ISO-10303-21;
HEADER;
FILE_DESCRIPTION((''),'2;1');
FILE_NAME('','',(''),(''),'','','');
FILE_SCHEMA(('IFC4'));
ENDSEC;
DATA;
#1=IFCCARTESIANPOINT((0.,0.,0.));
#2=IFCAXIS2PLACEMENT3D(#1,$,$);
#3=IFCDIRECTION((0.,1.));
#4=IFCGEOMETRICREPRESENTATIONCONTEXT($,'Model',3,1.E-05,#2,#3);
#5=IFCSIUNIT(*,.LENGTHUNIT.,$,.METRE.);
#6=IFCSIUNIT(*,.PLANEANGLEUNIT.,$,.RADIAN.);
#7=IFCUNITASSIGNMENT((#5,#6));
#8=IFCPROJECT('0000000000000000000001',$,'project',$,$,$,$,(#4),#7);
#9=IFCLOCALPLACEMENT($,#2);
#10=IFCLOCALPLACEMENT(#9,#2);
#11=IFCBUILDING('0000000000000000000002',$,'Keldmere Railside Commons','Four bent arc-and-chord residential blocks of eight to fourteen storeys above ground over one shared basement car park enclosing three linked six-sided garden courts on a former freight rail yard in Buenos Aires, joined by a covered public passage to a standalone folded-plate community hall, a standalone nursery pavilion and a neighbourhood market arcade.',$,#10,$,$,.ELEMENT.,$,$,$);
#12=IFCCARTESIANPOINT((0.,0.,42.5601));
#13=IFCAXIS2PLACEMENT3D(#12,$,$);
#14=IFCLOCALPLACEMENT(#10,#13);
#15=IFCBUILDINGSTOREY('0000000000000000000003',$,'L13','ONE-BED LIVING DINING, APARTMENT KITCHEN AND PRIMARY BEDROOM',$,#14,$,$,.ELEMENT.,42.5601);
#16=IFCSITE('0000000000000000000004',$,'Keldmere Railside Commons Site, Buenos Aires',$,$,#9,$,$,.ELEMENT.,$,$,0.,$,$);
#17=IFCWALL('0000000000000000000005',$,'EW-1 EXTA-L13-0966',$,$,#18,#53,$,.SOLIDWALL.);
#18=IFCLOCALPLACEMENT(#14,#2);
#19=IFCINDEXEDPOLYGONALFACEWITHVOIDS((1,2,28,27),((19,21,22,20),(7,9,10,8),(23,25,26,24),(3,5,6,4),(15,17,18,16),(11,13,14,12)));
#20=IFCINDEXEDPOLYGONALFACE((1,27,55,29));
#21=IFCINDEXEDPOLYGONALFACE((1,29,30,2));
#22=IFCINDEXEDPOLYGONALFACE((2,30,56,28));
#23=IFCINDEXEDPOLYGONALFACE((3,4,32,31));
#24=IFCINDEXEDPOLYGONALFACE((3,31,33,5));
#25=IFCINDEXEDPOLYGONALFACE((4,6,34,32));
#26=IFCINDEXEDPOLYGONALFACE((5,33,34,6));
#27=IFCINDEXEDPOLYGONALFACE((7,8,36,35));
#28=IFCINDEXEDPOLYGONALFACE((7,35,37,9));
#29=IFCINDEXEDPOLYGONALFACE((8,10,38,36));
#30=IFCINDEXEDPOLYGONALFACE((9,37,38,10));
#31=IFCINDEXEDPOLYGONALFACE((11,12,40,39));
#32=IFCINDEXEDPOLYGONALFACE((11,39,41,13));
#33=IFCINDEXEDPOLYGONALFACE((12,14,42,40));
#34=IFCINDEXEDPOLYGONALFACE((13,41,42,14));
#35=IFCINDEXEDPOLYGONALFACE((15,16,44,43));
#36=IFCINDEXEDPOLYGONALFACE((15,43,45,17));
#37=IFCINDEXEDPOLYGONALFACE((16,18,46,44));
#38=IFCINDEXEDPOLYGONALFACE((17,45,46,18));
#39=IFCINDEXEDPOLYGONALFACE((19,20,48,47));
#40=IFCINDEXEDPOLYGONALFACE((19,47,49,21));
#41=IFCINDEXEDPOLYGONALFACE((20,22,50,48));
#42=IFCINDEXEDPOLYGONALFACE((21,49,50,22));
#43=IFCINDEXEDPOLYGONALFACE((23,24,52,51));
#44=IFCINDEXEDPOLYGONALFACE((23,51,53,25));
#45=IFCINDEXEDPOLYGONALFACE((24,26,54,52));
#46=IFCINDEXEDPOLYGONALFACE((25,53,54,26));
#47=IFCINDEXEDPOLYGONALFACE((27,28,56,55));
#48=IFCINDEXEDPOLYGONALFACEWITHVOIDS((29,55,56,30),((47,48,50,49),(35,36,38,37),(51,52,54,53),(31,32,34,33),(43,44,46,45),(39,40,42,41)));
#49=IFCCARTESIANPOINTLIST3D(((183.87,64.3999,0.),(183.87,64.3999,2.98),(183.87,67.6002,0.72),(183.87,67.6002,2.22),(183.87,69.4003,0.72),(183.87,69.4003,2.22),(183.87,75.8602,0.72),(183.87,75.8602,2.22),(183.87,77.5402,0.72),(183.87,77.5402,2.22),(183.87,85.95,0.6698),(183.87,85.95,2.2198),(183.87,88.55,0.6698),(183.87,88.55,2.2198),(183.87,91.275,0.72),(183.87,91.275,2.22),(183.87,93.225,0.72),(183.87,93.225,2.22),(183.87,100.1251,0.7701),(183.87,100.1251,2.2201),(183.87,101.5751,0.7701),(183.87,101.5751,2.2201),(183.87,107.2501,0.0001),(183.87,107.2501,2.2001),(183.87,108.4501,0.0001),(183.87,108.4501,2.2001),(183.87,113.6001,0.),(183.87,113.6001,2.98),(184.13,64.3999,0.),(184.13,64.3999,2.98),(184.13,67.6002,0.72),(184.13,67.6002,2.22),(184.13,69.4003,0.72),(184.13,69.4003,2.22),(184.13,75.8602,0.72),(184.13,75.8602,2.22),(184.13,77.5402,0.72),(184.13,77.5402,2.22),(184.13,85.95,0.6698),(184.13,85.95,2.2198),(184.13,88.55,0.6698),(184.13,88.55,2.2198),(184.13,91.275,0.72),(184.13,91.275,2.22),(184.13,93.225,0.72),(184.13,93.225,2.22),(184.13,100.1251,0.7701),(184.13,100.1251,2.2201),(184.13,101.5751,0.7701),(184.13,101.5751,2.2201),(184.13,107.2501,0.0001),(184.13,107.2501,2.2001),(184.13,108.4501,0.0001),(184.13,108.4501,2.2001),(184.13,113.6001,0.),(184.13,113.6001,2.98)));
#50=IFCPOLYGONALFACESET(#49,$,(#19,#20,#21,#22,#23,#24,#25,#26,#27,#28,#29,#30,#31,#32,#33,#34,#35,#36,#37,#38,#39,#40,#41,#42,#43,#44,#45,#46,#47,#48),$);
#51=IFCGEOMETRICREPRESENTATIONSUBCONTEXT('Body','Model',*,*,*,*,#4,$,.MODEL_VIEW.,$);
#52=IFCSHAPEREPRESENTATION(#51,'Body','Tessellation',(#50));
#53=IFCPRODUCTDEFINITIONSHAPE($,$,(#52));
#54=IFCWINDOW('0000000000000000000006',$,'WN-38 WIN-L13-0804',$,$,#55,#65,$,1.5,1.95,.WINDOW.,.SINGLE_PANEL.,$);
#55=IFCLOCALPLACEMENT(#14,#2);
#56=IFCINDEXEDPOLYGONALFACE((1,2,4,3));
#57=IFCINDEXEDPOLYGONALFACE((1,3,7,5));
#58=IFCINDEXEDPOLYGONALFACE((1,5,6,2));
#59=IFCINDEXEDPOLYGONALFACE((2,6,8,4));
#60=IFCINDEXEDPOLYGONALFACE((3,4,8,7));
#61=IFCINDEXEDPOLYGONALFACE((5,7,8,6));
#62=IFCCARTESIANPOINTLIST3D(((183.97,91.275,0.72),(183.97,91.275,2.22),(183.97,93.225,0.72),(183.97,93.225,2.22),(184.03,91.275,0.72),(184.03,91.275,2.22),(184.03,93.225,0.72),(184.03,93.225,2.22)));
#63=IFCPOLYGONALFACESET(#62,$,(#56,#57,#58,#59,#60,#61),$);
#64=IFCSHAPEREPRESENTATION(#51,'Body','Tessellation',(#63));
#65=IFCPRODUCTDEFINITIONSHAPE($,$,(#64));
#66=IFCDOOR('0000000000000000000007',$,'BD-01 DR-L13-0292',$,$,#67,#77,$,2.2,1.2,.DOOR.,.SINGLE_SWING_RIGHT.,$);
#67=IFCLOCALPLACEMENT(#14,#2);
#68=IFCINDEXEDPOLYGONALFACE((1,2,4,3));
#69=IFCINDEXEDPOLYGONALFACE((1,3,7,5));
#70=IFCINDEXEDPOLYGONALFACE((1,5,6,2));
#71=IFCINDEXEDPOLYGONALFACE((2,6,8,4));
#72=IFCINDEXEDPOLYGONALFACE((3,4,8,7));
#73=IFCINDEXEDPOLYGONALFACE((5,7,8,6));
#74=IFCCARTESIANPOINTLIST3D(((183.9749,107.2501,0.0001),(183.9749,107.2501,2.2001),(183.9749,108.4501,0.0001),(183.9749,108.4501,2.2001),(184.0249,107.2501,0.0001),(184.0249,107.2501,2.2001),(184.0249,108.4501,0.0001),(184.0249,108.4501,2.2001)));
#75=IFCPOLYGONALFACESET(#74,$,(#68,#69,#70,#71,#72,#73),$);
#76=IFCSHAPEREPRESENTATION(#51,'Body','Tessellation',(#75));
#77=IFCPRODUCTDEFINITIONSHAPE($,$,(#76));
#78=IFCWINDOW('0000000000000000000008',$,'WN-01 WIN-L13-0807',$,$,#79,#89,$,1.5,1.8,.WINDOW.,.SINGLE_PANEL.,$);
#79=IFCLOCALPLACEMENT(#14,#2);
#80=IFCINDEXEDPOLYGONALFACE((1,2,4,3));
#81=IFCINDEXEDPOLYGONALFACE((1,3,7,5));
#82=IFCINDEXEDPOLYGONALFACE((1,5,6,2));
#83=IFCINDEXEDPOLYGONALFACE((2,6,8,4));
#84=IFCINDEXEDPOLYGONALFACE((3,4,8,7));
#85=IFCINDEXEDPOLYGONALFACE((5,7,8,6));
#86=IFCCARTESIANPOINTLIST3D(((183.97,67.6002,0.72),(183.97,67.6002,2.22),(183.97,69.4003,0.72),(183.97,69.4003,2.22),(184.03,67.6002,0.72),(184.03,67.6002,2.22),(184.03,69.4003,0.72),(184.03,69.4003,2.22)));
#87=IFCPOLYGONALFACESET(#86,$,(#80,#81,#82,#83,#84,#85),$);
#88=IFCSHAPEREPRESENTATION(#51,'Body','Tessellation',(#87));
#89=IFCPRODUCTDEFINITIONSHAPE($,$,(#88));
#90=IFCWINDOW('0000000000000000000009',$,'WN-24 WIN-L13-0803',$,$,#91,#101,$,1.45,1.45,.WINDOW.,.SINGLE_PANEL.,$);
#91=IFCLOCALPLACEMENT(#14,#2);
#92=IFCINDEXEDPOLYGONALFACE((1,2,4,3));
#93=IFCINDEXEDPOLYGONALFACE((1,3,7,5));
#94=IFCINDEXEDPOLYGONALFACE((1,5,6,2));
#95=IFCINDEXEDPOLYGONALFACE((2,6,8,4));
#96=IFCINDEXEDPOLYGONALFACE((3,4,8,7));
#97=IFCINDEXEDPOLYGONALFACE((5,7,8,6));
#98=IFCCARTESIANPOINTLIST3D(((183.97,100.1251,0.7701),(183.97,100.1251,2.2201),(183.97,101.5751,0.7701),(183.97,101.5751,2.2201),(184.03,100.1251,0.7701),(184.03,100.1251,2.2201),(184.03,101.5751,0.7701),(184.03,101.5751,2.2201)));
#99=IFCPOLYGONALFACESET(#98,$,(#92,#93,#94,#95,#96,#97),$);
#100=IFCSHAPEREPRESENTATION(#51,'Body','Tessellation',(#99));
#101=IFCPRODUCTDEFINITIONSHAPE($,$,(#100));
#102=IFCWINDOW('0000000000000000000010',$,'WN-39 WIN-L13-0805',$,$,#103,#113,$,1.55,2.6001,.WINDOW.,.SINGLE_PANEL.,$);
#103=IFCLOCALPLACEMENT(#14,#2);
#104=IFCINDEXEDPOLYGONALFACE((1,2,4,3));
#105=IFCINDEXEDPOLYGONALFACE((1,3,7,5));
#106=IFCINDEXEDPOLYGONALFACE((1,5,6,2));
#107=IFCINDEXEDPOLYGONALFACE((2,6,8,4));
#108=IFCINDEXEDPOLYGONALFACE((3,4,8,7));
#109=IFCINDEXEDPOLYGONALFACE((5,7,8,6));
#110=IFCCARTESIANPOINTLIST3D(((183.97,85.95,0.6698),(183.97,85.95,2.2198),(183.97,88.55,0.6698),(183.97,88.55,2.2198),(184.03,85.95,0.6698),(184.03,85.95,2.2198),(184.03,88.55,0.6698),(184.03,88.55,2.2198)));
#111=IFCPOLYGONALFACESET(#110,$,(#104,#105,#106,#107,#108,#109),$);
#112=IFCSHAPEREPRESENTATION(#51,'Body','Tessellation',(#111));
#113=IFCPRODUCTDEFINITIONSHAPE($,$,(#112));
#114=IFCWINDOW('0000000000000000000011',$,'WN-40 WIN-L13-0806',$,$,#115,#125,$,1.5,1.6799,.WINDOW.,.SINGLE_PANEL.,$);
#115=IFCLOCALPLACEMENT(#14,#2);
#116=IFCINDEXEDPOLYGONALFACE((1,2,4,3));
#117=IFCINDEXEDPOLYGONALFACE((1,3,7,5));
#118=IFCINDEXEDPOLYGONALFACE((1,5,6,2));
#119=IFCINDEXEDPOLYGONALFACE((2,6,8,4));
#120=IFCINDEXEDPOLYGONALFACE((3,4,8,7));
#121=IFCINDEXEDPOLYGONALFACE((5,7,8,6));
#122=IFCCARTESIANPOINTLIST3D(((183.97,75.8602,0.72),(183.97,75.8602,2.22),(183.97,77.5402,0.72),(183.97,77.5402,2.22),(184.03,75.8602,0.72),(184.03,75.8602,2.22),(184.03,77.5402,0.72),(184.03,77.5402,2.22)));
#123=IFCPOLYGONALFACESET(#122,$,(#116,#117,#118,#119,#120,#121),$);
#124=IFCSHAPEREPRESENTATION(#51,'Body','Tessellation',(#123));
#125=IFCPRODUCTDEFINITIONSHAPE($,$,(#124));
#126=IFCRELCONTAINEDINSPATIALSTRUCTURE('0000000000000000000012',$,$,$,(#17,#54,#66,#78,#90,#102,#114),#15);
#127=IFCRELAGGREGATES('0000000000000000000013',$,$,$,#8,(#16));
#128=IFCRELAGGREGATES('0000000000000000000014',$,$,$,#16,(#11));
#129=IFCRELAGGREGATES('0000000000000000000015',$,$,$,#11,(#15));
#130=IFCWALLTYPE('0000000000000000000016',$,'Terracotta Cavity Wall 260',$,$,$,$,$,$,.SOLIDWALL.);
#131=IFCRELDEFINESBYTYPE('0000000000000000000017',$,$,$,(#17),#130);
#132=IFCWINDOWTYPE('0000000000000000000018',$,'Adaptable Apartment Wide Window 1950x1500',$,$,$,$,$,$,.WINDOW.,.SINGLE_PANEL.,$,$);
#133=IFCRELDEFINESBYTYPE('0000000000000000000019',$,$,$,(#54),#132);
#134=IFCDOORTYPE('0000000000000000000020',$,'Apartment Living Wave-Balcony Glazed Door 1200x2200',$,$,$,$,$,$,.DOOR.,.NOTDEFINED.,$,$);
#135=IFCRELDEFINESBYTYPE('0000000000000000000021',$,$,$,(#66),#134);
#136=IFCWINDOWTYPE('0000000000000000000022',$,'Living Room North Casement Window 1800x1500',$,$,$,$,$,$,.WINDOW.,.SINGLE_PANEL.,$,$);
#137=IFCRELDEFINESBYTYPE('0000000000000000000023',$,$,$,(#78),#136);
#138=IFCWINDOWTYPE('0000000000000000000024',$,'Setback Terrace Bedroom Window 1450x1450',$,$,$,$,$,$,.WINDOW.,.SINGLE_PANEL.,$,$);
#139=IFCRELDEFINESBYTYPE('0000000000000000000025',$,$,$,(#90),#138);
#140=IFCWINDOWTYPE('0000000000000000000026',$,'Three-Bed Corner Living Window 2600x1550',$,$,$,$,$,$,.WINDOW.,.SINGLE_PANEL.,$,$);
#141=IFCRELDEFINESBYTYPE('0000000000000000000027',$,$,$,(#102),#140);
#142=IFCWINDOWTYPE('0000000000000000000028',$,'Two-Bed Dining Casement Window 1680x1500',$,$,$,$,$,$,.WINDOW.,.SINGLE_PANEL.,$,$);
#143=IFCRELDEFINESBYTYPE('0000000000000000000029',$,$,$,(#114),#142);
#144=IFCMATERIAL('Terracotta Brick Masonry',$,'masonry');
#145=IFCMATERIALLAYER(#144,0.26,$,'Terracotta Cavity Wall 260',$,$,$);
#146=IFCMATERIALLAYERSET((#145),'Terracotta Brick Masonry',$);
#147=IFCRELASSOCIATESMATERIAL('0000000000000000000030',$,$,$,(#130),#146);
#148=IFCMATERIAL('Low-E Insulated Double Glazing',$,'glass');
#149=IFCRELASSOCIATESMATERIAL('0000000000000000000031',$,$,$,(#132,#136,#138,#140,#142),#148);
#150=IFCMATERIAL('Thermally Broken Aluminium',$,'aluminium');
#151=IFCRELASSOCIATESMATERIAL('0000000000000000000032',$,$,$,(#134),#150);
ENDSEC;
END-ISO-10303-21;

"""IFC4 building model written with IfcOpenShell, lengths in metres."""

from ifc_helpers import new_model, si_unit, direction, frame, frame_2d, origin, place, context, subcontext, project, spatial, rectangle, extrude, material, layer, layer_set, type_object, element, fill, save


model = new_model("IFC4")

# Units and contexts
model_context = context("Model", 3, precision=1e-05, world=origin(), true_north=direction((0.0, 1.0)))
body_context = subcontext(model_context, "Body", "Model", "MODEL_VIEW")
ifc_project = project(units=[si_unit("LENGTHUNIT", "METRE"), si_unit("PLANEANGLEUNIT", "RADIAN")], contexts=[model_context])

# Site, building, storey
site_placement = place(None, origin())
site = spatial("IfcSite", under=ifc_project, at=site_placement, Name="Keldmere Railside Commons Site, Buenos Aires", CompositionType="ELEMENT", RefElevation=0.0)
building_placement = place(site_placement, origin())
building = spatial("IfcBuilding", under=site, at=building_placement, Name="Keldmere Railside Commons", Description="Four bent arc-and-chord residential blocks of eight to fourteen storeys above ground over one shared basement car park enclosing three linked six-sided garden courts on a former freight rail yard in Buenos Aires, joined by a covered public passage to a standalone folded-plate community hall, a standalone nursery pavilion and a neighbourhood market arcade.", CompositionType="ELEMENT")
storey_placement = place(building_placement, frame((0.0, 0.0, 42.5601)))
storey = spatial("IfcBuildingStorey", under=building, at=storey_placement, Name="L13", Description="ONE-BED LIVING DINING, APARTMENT KITCHEN AND PRIMARY BEDROOM", CompositionType="ELEMENT", Elevation=42.5601)

# Wall, openings, windows, door
ifc_material_1 = material(Name="Terracotta Brick Masonry", Category="masonry")
ifc_layer = layer(ifc_material_1, 0.26, Name="Terracotta Cavity Wall 260")
ifc_layer_set = layer_set([ifc_layer], Name="Terracotta Brick Masonry")
wall_type = type_object("IfcWallType", Name="Terracotta Cavity Wall 260", PredefinedType="SOLIDWALL", material=ifc_layer_set)
wall_placement = place(storey_placement, frame((184.0, 113.6001, 0.0), z_axis=(0.0, 0.0, 1.0), x_axis=(0.0, -1.0, 0.0)))
wall = element("IfcWall", 1, at=wall_placement, inside=storey, type_object=wall_type, Name="EW-1 EXTA-L13-0966", PredefinedType="SOLIDWALL", context=body_context, shape_type="SweptSolid", body=[
    extrude(rectangle(XDim=49.2002, YDim=0.26, at=frame_2d((24.6001, 0.0))), origin(), (0.0, 0.0, 1.0), 2.98),
])
opening_1_placement = place(wall_placement, frame((5.1499, 0.0, 0.0)))
opening_1 = element("IfcOpeningElement", 2, at=opening_1_placement, cuts=wall, PredefinedType="OPENING", context=body_context, shape_type="SweptSolid", body=[
    extrude(rectangle(XDim=1.2, YDim=2.2, at=frame_2d((0.6001, 1.1001))), frame((0.0, 0.1399, 0.0), z_axis=(0.0, -1.0, 0.0), x_axis=(1.0, 0.0, 0.0)), (0.0, 0.0, 1.0), 0.28),
])
opening_2_placement = place(wall_placement, frame((12.0249, 0.0, 0.77)))
opening_2 = element("IfcOpeningElement", 3, at=opening_2_placement, cuts=wall, PredefinedType="OPENING", context=body_context, shape_type="SweptSolid", body=[
    extrude(rectangle(XDim=1.45, YDim=1.45, at=frame_2d((0.7251, 0.7251))), frame((0.0, 0.1399, 0.0), z_axis=(0.0, -1.0, 0.0), x_axis=(1.0, 0.0, 0.0)), (0.0, 0.0, 1.0), 0.28),
])
opening_3_placement = place(wall_placement, frame((20.375, 0.0, 0.72)))
opening_3 = element("IfcOpeningElement", 4, at=opening_3_placement, cuts=wall, PredefinedType="OPENING", context=body_context, shape_type="SweptSolid", body=[
    extrude(rectangle(XDim=1.95, YDim=1.5, at=frame_2d((0.9751, 0.75))), frame((0.0, 0.1399, 0.0), z_axis=(0.0, -1.0, 0.0), x_axis=(1.0, 0.0, 0.0)), (0.0, 0.0, 1.0), 0.28),
])
opening_4_placement = place(wall_placement, frame((25.05, 0.0, 0.6699)))
opening_4 = element("IfcOpeningElement", 5, at=opening_4_placement, cuts=wall, PredefinedType="OPENING", context=body_context, shape_type="SweptSolid", body=[
    extrude(rectangle(XDim=2.6001, YDim=1.55, at=frame_2d((1.3, 0.7749))), frame((0.0, 0.1399, 0.0), z_axis=(0.0, -1.0, 0.0), x_axis=(1.0, 0.0, 0.0)), (0.0, 0.0, 1.0), 0.28),
])
opening_5_placement = place(wall_placement, frame((36.0601, 0.0, 0.72)))
opening_5 = element("IfcOpeningElement", 6, at=opening_5_placement, cuts=wall, PredefinedType="OPENING", context=body_context, shape_type="SweptSolid", body=[
    extrude(rectangle(XDim=1.6799, YDim=1.5, at=frame_2d((0.8398, 0.75))), frame((0.0, 0.1399, 0.0), z_axis=(0.0, -1.0, 0.0), x_axis=(1.0, 0.0, 0.0)), (0.0, 0.0, 1.0), 0.28),
])
opening_6_placement = place(wall_placement, frame((44.2, 0.0, 0.72)))
opening_6 = element("IfcOpeningElement", 7, at=opening_6_placement, cuts=wall, PredefinedType="OPENING", context=body_context, shape_type="SweptSolid", body=[
    extrude(rectangle(XDim=1.8, YDim=1.5, at=frame_2d((0.8999, 0.75))), frame((0.0, 0.1399, 0.0), z_axis=(0.0, -1.0, 0.0), x_axis=(1.0, 0.0, 0.0)), (0.0, 0.0, 1.0), 0.28),
])
ifc_material_2 = material(Name="Low-E Insulated Double Glazing", Category="glass")
window_type_1 = type_object("IfcWindowType", Name="Adaptable Apartment Wide Window 1950x1500", PartitioningType="SINGLE_PANEL", PredefinedType="WINDOW", material=ifc_material_2)
window_1_placement = place(opening_3_placement, origin())
window_1 = element("IfcWindow", 8, at=window_1_placement, inside=storey, type_object=window_type_1, Name="WN-38 WIN-L13-0804", OverallHeight=1.5, OverallWidth=1.95, PartitioningType="SINGLE_PANEL", PredefinedType="WINDOW", context=body_context, shape_type="SweptSolid", body=[
    extrude(rectangle(XDim=1.95, YDim=1.5, at=frame_2d((0.9751, 0.75))), frame((0.0, 0.03, 0.0), z_axis=(0.0, -1.0, 0.0), x_axis=(1.0, 0.0, 0.0)), (0.0, 0.0, 1.0), 0.0601),
])
fill(opening_3, window_1)
ifc_material_3 = material(Name="Thermally Broken Aluminium", Category="aluminium")
door_type = type_object("IfcDoorType", Name="Apartment Living Wave-Balcony Glazed Door 1200x2200", OperationType="NOTDEFINED", PredefinedType="DOOR", material=ifc_material_3)
door_placement = place(opening_1_placement, origin())
door = element("IfcDoor", 9, at=door_placement, inside=storey, type_object=door_type, Name="BD-01 DR-L13-0292", OperationType="SINGLE_SWING_RIGHT", OverallHeight=2.2, OverallWidth=1.2, PredefinedType="DOOR", context=body_context, shape_type="SweptSolid", body=[
    extrude(rectangle(XDim=1.2, YDim=2.2, at=frame_2d((0.6001, 1.1001))), frame((0.0, 0.0249, 0.0), z_axis=(0.0, -1.0, 0.0), x_axis=(1.0, 0.0, 0.0)), (0.0, 0.0, 1.0), 0.05),
])
fill(opening_1, door)
window_type_2 = type_object("IfcWindowType", Name="Living Room North Casement Window 1800x1500", PartitioningType="SINGLE_PANEL", PredefinedType="WINDOW", material=ifc_material_2)
window_2_placement = place(opening_6_placement, origin())
window_2 = element("IfcWindow", 10, at=window_2_placement, inside=storey, type_object=window_type_2, Name="WN-01 WIN-L13-0807", OverallHeight=1.5, OverallWidth=1.8, PartitioningType="SINGLE_PANEL", PredefinedType="WINDOW", context=body_context, shape_type="SweptSolid", body=[
    extrude(rectangle(XDim=1.8, YDim=1.5, at=frame_2d((0.8999, 0.75))), frame((0.0, 0.03, 0.0), z_axis=(0.0, -1.0, 0.0), x_axis=(1.0, 0.0, 0.0)), (0.0, 0.0, 1.0), 0.0601),
])
fill(opening_6, window_2)
window_type_3 = type_object("IfcWindowType", Name="Setback Terrace Bedroom Window 1450x1450", PartitioningType="SINGLE_PANEL", PredefinedType="WINDOW", material=ifc_material_2)
window_3_placement = place(opening_2_placement, origin())
window_3 = element("IfcWindow", 11, at=window_3_placement, inside=storey, type_object=window_type_3, Name="WN-24 WIN-L13-0803", OverallHeight=1.45, OverallWidth=1.45, PartitioningType="SINGLE_PANEL", PredefinedType="WINDOW", context=body_context, shape_type="SweptSolid", body=[
    extrude(rectangle(XDim=1.45, YDim=1.45, at=frame_2d((0.7251, 0.7251))), frame((0.0, 0.03, 0.0), z_axis=(0.0, -1.0, 0.0), x_axis=(1.0, 0.0, 0.0)), (0.0, 0.0, 1.0), 0.0601),
])
fill(opening_2, window_3)
window_type_4 = type_object("IfcWindowType", Name="Three-Bed Corner Living Window 2600x1550", PartitioningType="SINGLE_PANEL", PredefinedType="WINDOW", material=ifc_material_2)
window_4_placement = place(opening_4_placement, origin())
window_4 = element("IfcWindow", 12, at=window_4_placement, inside=storey, type_object=window_type_4, Name="WN-39 WIN-L13-0805", OverallHeight=1.55, OverallWidth=2.6001, PartitioningType="SINGLE_PANEL", PredefinedType="WINDOW", context=body_context, shape_type="SweptSolid", body=[
    extrude(rectangle(XDim=2.6001, YDim=1.55, at=frame_2d((1.3, 0.7749))), frame((0.0, 0.03, 0.0), z_axis=(0.0, -1.0, 0.0), x_axis=(1.0, 0.0, 0.0)), (0.0, 0.0, 1.0), 0.0601),
])
fill(opening_4, window_4)
window_type_5 = type_object("IfcWindowType", Name="Two-Bed Dining Casement Window 1680x1500", PartitioningType="SINGLE_PANEL", PredefinedType="WINDOW", material=ifc_material_2)
window_5_placement = place(opening_5_placement, origin())
window_5 = element("IfcWindow", 13, at=window_5_placement, inside=storey, type_object=window_type_5, Name="WN-40 WIN-L13-0806", OverallHeight=1.5, OverallWidth=1.6799, PartitioningType="SINGLE_PANEL", PredefinedType="WINDOW", context=body_context, shape_type="SweptSolid", body=[
    extrude(rectangle(XDim=1.6799, YDim=1.5, at=frame_2d((0.8398, 0.75))), frame((0.0, 0.03, 0.0), z_axis=(0.0, -1.0, 0.0), x_axis=(1.0, 0.0, 0.0)), (0.0, 0.0, 1.0), 0.0601),
])
fill(opening_5, window_5)

save(model, "model.ifc")
